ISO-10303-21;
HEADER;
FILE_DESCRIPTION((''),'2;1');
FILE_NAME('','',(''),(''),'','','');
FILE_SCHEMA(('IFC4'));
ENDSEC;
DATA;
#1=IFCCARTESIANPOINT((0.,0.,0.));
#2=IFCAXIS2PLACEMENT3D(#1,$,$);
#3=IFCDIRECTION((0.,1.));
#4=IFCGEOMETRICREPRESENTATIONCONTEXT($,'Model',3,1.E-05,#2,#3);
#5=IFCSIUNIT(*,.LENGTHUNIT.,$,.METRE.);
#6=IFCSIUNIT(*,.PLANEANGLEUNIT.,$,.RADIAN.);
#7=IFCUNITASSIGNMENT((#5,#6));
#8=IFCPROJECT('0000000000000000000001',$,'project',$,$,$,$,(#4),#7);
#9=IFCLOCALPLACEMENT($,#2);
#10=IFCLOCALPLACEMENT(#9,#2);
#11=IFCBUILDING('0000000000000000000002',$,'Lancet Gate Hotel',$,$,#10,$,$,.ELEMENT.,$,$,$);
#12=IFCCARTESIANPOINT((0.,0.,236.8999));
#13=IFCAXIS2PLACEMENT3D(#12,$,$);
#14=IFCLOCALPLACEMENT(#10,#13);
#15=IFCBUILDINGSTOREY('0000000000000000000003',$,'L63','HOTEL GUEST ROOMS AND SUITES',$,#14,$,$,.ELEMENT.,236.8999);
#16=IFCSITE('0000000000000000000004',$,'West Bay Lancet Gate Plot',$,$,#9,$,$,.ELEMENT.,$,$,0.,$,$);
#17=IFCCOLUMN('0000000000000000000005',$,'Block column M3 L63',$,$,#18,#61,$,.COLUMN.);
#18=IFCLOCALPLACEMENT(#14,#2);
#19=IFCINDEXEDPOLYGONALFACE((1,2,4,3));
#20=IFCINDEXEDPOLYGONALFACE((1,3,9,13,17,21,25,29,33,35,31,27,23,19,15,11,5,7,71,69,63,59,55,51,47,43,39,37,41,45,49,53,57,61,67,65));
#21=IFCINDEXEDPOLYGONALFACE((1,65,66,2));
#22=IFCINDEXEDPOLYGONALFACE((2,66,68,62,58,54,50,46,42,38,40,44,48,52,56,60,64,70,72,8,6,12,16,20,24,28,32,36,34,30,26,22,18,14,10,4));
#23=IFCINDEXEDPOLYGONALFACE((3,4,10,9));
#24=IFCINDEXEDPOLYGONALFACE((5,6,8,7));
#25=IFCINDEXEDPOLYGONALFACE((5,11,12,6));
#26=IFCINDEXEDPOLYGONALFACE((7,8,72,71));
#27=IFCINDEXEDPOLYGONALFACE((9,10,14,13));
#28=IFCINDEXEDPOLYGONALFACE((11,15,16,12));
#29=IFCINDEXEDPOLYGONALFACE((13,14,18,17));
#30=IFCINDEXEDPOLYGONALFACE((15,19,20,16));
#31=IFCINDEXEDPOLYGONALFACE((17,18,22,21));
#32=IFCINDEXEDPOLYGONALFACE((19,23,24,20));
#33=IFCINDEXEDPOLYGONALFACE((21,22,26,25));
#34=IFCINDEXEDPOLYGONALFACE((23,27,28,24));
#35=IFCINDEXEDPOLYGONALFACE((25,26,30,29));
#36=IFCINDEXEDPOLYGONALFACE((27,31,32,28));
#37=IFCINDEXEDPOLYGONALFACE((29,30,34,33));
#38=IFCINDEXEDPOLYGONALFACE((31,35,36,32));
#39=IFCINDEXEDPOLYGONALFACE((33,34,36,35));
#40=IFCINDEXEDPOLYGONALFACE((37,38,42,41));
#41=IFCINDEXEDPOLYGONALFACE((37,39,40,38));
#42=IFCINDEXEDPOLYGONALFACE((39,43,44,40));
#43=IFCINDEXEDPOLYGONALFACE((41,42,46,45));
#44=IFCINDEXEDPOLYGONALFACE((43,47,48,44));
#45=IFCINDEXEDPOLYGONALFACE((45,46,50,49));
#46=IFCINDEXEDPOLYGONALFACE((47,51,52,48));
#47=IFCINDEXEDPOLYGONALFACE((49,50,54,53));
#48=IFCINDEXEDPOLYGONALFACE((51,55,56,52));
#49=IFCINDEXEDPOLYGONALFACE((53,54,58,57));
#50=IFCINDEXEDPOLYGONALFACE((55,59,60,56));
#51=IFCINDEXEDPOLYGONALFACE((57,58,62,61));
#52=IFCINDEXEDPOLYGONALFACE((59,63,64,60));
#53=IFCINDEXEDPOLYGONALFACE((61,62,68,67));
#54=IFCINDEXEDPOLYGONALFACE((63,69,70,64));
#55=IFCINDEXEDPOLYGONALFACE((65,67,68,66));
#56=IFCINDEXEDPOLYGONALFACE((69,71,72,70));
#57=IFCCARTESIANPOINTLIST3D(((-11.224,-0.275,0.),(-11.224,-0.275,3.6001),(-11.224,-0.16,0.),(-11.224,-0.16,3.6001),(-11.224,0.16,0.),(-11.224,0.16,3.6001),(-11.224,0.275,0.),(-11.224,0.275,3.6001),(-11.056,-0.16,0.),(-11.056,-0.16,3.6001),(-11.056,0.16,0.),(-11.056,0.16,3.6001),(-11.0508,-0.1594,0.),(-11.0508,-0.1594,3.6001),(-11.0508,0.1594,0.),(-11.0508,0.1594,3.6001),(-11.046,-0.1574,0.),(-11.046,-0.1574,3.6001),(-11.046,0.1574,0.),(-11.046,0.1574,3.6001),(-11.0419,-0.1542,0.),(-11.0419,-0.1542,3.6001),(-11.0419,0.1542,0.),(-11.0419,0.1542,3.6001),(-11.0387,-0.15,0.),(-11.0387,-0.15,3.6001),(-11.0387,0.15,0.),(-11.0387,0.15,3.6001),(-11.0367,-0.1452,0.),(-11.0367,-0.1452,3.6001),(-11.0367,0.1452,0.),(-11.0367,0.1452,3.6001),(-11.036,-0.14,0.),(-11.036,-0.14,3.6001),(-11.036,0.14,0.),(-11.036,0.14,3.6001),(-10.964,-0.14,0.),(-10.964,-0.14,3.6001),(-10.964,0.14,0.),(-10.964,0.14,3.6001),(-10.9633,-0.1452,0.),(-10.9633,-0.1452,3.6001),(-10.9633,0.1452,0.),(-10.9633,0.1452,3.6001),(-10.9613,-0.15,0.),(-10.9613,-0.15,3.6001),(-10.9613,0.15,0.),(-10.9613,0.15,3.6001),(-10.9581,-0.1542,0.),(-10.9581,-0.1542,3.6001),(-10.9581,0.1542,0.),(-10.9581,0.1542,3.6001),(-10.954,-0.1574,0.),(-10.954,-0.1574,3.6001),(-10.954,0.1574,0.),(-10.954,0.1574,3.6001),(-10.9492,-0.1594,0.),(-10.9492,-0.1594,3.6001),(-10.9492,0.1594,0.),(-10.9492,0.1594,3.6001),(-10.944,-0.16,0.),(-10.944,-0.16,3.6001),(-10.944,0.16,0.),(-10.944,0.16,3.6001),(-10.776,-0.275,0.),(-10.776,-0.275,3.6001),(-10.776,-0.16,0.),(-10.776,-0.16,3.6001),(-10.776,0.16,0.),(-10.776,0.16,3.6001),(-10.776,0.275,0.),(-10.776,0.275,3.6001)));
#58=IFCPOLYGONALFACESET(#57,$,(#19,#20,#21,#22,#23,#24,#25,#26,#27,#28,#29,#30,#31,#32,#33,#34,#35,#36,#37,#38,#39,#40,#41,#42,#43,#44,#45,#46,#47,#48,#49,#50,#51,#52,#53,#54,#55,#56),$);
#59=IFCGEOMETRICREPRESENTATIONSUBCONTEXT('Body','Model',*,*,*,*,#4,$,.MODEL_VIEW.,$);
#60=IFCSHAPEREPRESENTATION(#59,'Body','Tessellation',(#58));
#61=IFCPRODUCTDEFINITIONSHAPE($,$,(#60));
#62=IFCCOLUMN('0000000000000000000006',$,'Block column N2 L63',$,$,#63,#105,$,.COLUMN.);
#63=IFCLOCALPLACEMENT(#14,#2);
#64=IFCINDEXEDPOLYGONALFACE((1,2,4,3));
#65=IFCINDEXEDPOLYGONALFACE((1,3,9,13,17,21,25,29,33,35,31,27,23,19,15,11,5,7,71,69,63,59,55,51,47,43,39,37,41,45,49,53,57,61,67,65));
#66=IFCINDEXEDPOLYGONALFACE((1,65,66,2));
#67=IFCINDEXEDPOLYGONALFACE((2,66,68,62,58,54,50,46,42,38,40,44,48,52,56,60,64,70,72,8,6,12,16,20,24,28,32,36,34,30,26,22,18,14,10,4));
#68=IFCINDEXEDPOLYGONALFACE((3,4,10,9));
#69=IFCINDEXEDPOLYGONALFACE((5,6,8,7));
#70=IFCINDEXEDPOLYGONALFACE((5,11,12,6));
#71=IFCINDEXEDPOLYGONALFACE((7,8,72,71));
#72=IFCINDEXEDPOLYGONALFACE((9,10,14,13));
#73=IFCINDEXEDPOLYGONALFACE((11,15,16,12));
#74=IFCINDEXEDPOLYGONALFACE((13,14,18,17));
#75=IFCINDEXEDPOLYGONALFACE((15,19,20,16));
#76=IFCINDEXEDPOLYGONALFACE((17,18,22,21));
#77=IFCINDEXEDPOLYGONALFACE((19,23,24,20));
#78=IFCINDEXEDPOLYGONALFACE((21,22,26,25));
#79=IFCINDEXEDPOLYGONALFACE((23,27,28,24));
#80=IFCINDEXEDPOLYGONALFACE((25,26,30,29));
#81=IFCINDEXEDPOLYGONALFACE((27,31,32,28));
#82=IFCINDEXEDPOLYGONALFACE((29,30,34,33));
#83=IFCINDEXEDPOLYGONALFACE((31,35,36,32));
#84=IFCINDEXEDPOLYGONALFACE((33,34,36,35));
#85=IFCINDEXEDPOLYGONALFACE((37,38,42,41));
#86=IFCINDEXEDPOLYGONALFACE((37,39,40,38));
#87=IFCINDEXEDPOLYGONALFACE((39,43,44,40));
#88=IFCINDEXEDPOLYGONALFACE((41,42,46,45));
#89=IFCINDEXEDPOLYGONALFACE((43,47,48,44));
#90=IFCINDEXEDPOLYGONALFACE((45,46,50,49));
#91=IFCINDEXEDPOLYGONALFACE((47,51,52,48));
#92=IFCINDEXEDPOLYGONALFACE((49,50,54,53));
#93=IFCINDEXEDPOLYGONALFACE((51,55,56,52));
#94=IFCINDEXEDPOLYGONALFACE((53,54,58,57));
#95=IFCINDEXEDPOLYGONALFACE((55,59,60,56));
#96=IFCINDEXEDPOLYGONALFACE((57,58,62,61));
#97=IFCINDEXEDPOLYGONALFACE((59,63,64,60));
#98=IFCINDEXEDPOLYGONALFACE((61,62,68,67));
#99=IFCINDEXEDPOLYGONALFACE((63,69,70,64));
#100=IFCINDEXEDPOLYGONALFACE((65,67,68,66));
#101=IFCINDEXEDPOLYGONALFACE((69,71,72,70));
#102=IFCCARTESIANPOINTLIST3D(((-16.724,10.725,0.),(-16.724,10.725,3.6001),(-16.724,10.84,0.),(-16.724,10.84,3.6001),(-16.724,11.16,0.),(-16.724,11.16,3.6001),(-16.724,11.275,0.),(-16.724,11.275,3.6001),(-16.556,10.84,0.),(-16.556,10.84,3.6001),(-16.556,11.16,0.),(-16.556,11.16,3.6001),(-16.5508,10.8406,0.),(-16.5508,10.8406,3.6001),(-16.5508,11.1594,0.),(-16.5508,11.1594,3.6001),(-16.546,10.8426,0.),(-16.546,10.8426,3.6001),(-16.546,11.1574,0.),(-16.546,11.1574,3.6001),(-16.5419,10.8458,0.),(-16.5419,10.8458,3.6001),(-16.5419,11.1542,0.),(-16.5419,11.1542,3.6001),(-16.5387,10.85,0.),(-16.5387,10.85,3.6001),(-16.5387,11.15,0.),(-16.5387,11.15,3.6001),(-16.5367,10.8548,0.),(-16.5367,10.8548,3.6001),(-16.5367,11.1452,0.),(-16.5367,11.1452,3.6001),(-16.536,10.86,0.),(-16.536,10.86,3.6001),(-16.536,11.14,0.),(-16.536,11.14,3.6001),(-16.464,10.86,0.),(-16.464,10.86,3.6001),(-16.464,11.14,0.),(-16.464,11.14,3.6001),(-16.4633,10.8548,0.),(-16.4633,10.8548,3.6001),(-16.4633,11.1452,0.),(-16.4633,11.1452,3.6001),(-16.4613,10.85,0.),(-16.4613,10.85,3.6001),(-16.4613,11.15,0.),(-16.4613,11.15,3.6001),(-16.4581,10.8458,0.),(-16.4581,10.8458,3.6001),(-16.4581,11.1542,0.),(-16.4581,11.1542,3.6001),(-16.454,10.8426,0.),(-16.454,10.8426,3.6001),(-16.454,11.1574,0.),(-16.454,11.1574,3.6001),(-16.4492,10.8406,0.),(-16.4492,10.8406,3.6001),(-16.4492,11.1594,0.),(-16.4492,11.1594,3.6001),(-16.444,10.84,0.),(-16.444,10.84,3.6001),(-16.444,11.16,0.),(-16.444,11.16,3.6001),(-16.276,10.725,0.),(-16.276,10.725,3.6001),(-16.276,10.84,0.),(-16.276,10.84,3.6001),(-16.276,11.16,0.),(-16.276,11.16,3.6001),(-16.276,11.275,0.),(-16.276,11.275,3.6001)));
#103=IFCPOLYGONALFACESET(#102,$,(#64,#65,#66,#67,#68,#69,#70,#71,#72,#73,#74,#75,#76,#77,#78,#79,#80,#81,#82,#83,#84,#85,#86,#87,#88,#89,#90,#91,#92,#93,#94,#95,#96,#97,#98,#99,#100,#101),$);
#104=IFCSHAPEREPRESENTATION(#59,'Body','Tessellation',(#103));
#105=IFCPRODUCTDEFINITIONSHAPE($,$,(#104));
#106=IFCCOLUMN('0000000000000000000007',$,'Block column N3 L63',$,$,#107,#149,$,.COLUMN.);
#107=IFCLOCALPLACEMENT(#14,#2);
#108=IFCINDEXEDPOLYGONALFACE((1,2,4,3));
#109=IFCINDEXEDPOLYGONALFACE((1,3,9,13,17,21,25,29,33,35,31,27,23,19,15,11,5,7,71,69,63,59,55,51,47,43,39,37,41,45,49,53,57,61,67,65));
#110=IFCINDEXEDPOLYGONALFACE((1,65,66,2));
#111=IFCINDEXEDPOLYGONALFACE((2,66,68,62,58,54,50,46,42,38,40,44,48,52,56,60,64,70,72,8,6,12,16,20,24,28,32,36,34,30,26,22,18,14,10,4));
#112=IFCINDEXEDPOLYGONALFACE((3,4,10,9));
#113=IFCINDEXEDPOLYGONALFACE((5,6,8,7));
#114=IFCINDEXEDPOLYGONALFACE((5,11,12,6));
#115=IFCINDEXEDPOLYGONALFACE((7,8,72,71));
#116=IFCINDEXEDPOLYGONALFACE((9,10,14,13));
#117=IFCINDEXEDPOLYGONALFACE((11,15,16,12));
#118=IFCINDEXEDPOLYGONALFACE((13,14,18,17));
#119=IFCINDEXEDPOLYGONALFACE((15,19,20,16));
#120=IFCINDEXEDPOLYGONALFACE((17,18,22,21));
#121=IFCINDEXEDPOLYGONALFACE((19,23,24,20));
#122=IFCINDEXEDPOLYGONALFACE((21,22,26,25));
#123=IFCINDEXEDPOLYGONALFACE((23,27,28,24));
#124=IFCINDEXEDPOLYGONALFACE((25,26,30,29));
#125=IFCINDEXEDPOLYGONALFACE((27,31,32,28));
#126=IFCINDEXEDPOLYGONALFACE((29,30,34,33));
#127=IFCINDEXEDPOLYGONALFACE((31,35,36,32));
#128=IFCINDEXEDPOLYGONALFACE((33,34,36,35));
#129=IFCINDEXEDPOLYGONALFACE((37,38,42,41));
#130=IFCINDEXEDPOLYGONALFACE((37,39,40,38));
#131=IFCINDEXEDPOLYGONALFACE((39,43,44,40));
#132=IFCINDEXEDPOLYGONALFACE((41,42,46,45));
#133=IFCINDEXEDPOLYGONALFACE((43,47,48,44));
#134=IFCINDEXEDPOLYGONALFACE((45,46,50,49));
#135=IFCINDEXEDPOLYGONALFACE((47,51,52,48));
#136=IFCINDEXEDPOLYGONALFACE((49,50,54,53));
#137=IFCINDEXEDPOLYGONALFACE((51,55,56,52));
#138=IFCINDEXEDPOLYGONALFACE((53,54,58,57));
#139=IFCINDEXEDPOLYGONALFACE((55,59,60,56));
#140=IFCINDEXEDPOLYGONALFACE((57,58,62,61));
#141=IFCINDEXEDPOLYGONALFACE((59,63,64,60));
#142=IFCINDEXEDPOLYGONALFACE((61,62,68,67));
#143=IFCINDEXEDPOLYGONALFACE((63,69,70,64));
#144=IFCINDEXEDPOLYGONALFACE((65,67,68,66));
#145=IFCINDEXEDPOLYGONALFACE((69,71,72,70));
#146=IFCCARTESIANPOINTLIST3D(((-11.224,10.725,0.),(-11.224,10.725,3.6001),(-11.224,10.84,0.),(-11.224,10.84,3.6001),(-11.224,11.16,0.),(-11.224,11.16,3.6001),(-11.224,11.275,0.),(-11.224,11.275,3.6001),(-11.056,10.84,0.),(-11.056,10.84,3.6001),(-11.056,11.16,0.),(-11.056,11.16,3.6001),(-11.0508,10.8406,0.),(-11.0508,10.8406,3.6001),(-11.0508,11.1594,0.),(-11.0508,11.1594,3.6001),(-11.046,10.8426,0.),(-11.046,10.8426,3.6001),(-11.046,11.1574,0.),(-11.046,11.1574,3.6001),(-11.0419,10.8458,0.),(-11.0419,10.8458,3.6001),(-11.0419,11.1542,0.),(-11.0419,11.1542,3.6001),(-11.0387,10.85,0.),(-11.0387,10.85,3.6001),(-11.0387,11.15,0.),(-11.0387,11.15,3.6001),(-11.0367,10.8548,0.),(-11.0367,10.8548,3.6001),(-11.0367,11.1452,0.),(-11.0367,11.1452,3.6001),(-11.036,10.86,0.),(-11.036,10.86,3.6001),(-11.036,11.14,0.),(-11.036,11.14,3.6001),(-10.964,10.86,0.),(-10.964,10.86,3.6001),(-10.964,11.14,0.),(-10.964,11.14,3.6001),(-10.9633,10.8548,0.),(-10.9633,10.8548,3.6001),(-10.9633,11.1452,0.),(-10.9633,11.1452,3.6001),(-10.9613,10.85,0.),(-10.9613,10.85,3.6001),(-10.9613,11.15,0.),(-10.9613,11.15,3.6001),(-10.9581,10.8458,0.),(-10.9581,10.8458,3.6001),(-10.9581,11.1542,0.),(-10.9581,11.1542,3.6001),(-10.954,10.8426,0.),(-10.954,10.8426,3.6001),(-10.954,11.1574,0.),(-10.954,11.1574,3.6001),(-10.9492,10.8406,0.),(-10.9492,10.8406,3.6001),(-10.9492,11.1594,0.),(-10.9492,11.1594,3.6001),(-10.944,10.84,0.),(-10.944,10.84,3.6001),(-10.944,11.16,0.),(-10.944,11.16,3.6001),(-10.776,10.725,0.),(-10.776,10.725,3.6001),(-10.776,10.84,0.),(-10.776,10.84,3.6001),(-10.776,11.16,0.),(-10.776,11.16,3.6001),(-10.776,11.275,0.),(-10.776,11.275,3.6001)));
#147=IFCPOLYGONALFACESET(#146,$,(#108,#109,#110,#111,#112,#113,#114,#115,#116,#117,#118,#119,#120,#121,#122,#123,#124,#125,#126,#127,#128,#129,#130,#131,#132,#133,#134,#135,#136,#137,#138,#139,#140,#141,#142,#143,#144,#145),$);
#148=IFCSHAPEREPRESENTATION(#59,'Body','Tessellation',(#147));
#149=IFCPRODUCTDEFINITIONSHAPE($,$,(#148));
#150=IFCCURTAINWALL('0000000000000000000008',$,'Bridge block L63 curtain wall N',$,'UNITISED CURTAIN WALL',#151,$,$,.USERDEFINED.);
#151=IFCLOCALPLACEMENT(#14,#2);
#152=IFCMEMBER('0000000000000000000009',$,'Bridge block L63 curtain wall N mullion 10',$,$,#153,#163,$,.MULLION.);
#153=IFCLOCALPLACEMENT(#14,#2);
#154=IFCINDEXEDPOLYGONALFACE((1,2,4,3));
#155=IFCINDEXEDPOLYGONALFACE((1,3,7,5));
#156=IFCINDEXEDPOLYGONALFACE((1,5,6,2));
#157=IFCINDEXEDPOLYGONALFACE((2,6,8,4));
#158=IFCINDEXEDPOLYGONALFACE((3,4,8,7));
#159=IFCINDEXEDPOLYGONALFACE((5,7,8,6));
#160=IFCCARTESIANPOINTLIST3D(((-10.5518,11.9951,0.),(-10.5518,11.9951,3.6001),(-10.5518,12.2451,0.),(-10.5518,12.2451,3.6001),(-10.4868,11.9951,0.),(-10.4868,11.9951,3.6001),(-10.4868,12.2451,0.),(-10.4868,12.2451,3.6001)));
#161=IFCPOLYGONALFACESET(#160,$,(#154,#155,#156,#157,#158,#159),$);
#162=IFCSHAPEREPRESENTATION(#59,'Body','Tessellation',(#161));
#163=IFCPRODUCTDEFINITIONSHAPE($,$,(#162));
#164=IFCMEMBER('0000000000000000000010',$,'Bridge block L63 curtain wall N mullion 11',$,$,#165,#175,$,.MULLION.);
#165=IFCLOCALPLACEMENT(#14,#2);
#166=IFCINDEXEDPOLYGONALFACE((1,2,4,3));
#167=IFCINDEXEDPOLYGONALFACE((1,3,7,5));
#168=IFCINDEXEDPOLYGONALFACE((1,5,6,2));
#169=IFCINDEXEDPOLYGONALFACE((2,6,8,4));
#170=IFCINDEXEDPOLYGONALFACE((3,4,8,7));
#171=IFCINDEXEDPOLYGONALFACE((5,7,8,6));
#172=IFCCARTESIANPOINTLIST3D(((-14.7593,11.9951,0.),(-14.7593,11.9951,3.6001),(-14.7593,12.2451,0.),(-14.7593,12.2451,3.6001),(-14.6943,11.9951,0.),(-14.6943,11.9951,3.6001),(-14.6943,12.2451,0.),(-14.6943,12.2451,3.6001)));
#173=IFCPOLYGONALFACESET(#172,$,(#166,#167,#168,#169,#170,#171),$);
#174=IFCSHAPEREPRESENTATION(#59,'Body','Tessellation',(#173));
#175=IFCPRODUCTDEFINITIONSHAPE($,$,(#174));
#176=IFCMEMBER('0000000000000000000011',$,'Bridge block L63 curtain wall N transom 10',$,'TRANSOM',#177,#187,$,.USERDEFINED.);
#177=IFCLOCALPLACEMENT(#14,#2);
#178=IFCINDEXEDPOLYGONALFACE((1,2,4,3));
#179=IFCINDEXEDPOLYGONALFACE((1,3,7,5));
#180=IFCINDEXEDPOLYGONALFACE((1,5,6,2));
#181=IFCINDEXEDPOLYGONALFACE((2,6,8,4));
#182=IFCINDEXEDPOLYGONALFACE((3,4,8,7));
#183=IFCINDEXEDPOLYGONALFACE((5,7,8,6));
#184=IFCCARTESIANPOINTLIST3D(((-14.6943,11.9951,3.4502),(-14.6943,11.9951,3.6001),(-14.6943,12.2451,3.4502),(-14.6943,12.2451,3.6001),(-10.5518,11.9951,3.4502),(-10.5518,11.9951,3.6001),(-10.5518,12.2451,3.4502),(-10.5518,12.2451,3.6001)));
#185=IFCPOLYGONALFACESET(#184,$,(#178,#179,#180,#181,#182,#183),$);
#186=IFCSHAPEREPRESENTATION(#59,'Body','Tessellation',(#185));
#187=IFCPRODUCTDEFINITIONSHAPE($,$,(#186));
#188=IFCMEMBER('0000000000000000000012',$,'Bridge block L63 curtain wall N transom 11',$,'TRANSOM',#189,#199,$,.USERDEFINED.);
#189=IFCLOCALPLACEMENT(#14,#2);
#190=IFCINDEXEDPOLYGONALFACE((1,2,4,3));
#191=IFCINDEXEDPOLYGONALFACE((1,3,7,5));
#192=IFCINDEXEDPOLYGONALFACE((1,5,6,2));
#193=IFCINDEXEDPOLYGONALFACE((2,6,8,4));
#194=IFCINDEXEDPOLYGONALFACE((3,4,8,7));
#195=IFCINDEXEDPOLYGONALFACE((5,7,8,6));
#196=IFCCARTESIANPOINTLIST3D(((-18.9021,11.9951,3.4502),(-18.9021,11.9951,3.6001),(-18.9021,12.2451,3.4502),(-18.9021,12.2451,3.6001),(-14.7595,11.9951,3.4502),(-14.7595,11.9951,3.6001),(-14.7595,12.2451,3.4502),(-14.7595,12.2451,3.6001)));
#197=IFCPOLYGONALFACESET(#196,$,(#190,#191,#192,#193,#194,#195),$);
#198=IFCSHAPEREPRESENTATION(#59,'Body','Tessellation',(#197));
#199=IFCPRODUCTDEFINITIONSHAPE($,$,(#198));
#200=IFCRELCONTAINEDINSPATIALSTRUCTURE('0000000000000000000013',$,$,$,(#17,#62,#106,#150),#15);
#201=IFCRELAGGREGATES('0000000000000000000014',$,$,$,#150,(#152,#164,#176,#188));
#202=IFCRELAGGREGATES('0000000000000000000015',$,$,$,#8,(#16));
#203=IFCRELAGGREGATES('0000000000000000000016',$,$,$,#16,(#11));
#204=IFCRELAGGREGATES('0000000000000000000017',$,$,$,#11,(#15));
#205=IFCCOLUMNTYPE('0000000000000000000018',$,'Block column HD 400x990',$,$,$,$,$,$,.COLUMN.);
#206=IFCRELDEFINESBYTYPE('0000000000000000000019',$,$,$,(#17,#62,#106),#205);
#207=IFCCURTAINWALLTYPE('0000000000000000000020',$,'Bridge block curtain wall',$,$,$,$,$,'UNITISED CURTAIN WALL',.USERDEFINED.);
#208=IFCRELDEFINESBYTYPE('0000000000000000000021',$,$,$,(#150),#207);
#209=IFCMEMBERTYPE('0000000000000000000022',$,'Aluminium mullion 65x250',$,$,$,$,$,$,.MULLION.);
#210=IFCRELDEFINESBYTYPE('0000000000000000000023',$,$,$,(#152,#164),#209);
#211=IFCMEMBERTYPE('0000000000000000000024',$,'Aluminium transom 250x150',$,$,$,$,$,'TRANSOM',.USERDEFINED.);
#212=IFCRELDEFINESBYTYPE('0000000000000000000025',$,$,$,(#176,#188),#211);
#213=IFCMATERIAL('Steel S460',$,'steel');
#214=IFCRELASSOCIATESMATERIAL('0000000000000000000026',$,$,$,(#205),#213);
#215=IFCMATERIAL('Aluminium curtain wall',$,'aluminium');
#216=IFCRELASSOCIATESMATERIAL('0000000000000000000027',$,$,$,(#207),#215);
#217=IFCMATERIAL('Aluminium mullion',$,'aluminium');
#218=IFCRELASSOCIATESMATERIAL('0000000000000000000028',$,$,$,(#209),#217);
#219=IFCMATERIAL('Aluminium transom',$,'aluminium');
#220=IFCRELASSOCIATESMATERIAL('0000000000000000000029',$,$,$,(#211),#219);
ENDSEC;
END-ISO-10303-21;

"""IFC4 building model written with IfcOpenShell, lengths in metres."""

from ifc_helpers import new_model, si_unit, direction, frame, origin, origin_2d, place, context, subcontext, project, spatial, rectangle, i_section, extrude, material, material_profile, profile_set, type_object, element, aggregate, save


model = new_model("IFC4")

# Units and contexts
model_context = context("Model", 3, precision=1e-05, world=origin(), true_north=direction((0.0, 1.0)))
body_context = subcontext(model_context, "Body", "Model", "MODEL_VIEW")
ifc_project = project(units=[si_unit("LENGTHUNIT", "METRE"), si_unit("PLANEANGLEUNIT", "RADIAN")], contexts=[model_context])

# Site, building, storey
site_placement = place(None, origin())
site = spatial("IfcSite", under=ifc_project, at=site_placement, Name="West Bay Lancet Gate Plot", CompositionType="ELEMENT", RefElevation=0.0)
building_placement = place(site_placement, origin())
building = spatial("IfcBuilding", under=site, at=building_placement, Name="Lancet Gate Hotel", CompositionType="ELEMENT")
storey_placement = place(building_placement, frame((0.0, 0.0, 236.8999)))
storey = spatial("IfcBuildingStorey", under=building, at=storey_placement, Name="L63", Description="HOTEL GUEST ROOMS AND SUITES", CompositionType="ELEMENT", Elevation=236.8999)

# Columns
ifc_material_1 = material(Name="Steel S460", Category="steel")
ifc_material_profile_1 = material_profile(ifc_material_1, i_section(OverallWidth=0.448, OverallDepth=0.55, WebThickness=0.072, FlangeThickness=0.115, FilletRadius=0.02, at=origin_2d()), Name="HD 400x990")
ifc_profile_set_1 = profile_set([ifc_material_profile_1], Name="Steel S460")
column_type = type_object("IfcColumnType", Name="Block column HD 400x990", PredefinedType="COLUMN", material=ifc_profile_set_1)
for number, where, z_axis, x_axis, name in (
    (1, (-11.0, 0.0, 0.0), (0.0, 0.0, 1.0), (1.0, 0.0, 0.0), "Block column M3 L63"),
    (2, (-16.5, 11.0, 0.0), (0.0, 0.0, 1.0), (1.0, 0.0, 0.0), "Block column N2 L63"),
    (3, (-11.0, 11.0, 0.0), (0.0, 0.0, 1.0), (1.0, 0.0, 0.0), "Block column N3 L63"),
):
    element("IfcColumn", number, at=place(storey_placement, frame(where, z_axis=z_axis, x_axis=x_axis)), inside=storey, type_object=column_type, Name=name, PredefinedType="COLUMN", context=body_context, shape_type="SweptSolid", body=[
        extrude(i_section(OverallWidth=0.448, OverallDepth=0.55, WebThickness=0.072, FlangeThickness=0.115, FilletRadius=0.02, at=origin_2d()), origin(), (0.0, 0.0, 1.0), 3.6001),
    ])

# Curtain wall, members
ifc_material_2 = material(Name="Aluminium curtain wall", Category="aluminium")
curtain_wall_type = type_object("IfcCurtainWallType", Name="Bridge block curtain wall", ElementType="UNITISED CURTAIN WALL", PredefinedType="USERDEFINED", material=ifc_material_2)
curtain_wall_placement = place(storey_placement, origin())
curtain_wall = element("IfcCurtainWall", 4, at=curtain_wall_placement, inside=storey, type_object=curtain_wall_type, Name="Bridge block L63 curtain wall N", ObjectType="UNITISED CURTAIN WALL", PredefinedType="USERDEFINED")
ifc_material_3 = material(Name="Aluminium mullion", Category="aluminium")
ifc_material_profile_2 = material_profile(ifc_material_3, rectangle(XDim=0.0649, YDim=0.25, at=origin_2d()), Name="MULLION 65x250")
ifc_profile_set_2 = profile_set([ifc_material_profile_2], Name="Aluminium mullion")
member_type_1 = type_object("IfcMemberType", Name="Aluminium mullion 65x250", PredefinedType="MULLION", material=ifc_profile_set_2)
member_1_placement = place(storey_placement, frame((-10.5193, 12.1201, 0.0), z_axis=(0.0, 0.0, 1.0), x_axis=(-1.0, 0.0, 0.0)))
member_1 = element("IfcMember", 5, at=member_1_placement, type_object=member_type_1, Name="Bridge block L63 curtain wall N mullion 10", PredefinedType="MULLION", context=body_context, shape_type="SweptSolid", body=[
    extrude(rectangle(XDim=0.0649, YDim=0.25, at=origin_2d()), origin(), (0.0, 0.0, 1.0), 3.6001),
])
member_2_placement = place(storey_placement, frame((-14.7268, 12.1201, 0.0), z_axis=(0.0, 0.0, 1.0), x_axis=(-1.0, 0.0, 0.0)))
member_2 = element("IfcMember", 6, at=member_2_placement, type_object=member_type_1, Name="Bridge block L63 curtain wall N mullion 11", PredefinedType="MULLION", context=body_context, shape_type="SweptSolid", body=[
    extrude(rectangle(XDim=0.0649, YDim=0.25, at=origin_2d()), origin(), (0.0, 0.0, 1.0), 3.6001),
])
ifc_material_4 = material(Name="Aluminium transom", Category="aluminium")
ifc_material_profile_3 = material_profile(ifc_material_4, rectangle(XDim=0.25, YDim=0.1499, at=origin_2d()), Name="TRANSOM 250x150")
ifc_profile_set_3 = profile_set([ifc_material_profile_3], Name="Aluminium transom")
member_type_2 = type_object("IfcMemberType", Name="Aluminium transom 250x150", ElementType="TRANSOM", PredefinedType="USERDEFINED", material=ifc_profile_set_3)
member_3_placement = place(storey_placement, frame((-10.5518, 12.1201, 3.5251), z_axis=(-1.0, 0.0, 0.0), x_axis=(0.0, -1.0, 0.0)))
member_3 = element("IfcMember", 7, at=member_3_placement, type_object=member_type_2, Name="Bridge block L63 curtain wall N transom 10", ObjectType="TRANSOM", PredefinedType="USERDEFINED", context=body_context, shape_type="SweptSolid", body=[
    extrude(rectangle(XDim=0.25, YDim=0.1499, at=origin_2d()), origin(), (0.0, 0.0, 1.0), 4.1426),
])
member_4_placement = place(storey_placement, frame((-14.7595, 12.1201, 3.5251), z_axis=(-1.0, 0.0, 0.0), x_axis=(0.0, -1.0, 0.0)))
member_4 = element("IfcMember", 8, at=member_4_placement, type_object=member_type_2, Name="Bridge block L63 curtain wall N transom 11", ObjectType="TRANSOM", PredefinedType="USERDEFINED", context=body_context, shape_type="SweptSolid", body=[
    extrude(rectangle(XDim=0.25, YDim=0.1499, at=origin_2d()), origin(), (0.0, 0.0, 1.0), 4.1426),
])

aggregate(curtain_wall, [member_1, member_2, member_3, member_4])

save(model, "model.ifc")
